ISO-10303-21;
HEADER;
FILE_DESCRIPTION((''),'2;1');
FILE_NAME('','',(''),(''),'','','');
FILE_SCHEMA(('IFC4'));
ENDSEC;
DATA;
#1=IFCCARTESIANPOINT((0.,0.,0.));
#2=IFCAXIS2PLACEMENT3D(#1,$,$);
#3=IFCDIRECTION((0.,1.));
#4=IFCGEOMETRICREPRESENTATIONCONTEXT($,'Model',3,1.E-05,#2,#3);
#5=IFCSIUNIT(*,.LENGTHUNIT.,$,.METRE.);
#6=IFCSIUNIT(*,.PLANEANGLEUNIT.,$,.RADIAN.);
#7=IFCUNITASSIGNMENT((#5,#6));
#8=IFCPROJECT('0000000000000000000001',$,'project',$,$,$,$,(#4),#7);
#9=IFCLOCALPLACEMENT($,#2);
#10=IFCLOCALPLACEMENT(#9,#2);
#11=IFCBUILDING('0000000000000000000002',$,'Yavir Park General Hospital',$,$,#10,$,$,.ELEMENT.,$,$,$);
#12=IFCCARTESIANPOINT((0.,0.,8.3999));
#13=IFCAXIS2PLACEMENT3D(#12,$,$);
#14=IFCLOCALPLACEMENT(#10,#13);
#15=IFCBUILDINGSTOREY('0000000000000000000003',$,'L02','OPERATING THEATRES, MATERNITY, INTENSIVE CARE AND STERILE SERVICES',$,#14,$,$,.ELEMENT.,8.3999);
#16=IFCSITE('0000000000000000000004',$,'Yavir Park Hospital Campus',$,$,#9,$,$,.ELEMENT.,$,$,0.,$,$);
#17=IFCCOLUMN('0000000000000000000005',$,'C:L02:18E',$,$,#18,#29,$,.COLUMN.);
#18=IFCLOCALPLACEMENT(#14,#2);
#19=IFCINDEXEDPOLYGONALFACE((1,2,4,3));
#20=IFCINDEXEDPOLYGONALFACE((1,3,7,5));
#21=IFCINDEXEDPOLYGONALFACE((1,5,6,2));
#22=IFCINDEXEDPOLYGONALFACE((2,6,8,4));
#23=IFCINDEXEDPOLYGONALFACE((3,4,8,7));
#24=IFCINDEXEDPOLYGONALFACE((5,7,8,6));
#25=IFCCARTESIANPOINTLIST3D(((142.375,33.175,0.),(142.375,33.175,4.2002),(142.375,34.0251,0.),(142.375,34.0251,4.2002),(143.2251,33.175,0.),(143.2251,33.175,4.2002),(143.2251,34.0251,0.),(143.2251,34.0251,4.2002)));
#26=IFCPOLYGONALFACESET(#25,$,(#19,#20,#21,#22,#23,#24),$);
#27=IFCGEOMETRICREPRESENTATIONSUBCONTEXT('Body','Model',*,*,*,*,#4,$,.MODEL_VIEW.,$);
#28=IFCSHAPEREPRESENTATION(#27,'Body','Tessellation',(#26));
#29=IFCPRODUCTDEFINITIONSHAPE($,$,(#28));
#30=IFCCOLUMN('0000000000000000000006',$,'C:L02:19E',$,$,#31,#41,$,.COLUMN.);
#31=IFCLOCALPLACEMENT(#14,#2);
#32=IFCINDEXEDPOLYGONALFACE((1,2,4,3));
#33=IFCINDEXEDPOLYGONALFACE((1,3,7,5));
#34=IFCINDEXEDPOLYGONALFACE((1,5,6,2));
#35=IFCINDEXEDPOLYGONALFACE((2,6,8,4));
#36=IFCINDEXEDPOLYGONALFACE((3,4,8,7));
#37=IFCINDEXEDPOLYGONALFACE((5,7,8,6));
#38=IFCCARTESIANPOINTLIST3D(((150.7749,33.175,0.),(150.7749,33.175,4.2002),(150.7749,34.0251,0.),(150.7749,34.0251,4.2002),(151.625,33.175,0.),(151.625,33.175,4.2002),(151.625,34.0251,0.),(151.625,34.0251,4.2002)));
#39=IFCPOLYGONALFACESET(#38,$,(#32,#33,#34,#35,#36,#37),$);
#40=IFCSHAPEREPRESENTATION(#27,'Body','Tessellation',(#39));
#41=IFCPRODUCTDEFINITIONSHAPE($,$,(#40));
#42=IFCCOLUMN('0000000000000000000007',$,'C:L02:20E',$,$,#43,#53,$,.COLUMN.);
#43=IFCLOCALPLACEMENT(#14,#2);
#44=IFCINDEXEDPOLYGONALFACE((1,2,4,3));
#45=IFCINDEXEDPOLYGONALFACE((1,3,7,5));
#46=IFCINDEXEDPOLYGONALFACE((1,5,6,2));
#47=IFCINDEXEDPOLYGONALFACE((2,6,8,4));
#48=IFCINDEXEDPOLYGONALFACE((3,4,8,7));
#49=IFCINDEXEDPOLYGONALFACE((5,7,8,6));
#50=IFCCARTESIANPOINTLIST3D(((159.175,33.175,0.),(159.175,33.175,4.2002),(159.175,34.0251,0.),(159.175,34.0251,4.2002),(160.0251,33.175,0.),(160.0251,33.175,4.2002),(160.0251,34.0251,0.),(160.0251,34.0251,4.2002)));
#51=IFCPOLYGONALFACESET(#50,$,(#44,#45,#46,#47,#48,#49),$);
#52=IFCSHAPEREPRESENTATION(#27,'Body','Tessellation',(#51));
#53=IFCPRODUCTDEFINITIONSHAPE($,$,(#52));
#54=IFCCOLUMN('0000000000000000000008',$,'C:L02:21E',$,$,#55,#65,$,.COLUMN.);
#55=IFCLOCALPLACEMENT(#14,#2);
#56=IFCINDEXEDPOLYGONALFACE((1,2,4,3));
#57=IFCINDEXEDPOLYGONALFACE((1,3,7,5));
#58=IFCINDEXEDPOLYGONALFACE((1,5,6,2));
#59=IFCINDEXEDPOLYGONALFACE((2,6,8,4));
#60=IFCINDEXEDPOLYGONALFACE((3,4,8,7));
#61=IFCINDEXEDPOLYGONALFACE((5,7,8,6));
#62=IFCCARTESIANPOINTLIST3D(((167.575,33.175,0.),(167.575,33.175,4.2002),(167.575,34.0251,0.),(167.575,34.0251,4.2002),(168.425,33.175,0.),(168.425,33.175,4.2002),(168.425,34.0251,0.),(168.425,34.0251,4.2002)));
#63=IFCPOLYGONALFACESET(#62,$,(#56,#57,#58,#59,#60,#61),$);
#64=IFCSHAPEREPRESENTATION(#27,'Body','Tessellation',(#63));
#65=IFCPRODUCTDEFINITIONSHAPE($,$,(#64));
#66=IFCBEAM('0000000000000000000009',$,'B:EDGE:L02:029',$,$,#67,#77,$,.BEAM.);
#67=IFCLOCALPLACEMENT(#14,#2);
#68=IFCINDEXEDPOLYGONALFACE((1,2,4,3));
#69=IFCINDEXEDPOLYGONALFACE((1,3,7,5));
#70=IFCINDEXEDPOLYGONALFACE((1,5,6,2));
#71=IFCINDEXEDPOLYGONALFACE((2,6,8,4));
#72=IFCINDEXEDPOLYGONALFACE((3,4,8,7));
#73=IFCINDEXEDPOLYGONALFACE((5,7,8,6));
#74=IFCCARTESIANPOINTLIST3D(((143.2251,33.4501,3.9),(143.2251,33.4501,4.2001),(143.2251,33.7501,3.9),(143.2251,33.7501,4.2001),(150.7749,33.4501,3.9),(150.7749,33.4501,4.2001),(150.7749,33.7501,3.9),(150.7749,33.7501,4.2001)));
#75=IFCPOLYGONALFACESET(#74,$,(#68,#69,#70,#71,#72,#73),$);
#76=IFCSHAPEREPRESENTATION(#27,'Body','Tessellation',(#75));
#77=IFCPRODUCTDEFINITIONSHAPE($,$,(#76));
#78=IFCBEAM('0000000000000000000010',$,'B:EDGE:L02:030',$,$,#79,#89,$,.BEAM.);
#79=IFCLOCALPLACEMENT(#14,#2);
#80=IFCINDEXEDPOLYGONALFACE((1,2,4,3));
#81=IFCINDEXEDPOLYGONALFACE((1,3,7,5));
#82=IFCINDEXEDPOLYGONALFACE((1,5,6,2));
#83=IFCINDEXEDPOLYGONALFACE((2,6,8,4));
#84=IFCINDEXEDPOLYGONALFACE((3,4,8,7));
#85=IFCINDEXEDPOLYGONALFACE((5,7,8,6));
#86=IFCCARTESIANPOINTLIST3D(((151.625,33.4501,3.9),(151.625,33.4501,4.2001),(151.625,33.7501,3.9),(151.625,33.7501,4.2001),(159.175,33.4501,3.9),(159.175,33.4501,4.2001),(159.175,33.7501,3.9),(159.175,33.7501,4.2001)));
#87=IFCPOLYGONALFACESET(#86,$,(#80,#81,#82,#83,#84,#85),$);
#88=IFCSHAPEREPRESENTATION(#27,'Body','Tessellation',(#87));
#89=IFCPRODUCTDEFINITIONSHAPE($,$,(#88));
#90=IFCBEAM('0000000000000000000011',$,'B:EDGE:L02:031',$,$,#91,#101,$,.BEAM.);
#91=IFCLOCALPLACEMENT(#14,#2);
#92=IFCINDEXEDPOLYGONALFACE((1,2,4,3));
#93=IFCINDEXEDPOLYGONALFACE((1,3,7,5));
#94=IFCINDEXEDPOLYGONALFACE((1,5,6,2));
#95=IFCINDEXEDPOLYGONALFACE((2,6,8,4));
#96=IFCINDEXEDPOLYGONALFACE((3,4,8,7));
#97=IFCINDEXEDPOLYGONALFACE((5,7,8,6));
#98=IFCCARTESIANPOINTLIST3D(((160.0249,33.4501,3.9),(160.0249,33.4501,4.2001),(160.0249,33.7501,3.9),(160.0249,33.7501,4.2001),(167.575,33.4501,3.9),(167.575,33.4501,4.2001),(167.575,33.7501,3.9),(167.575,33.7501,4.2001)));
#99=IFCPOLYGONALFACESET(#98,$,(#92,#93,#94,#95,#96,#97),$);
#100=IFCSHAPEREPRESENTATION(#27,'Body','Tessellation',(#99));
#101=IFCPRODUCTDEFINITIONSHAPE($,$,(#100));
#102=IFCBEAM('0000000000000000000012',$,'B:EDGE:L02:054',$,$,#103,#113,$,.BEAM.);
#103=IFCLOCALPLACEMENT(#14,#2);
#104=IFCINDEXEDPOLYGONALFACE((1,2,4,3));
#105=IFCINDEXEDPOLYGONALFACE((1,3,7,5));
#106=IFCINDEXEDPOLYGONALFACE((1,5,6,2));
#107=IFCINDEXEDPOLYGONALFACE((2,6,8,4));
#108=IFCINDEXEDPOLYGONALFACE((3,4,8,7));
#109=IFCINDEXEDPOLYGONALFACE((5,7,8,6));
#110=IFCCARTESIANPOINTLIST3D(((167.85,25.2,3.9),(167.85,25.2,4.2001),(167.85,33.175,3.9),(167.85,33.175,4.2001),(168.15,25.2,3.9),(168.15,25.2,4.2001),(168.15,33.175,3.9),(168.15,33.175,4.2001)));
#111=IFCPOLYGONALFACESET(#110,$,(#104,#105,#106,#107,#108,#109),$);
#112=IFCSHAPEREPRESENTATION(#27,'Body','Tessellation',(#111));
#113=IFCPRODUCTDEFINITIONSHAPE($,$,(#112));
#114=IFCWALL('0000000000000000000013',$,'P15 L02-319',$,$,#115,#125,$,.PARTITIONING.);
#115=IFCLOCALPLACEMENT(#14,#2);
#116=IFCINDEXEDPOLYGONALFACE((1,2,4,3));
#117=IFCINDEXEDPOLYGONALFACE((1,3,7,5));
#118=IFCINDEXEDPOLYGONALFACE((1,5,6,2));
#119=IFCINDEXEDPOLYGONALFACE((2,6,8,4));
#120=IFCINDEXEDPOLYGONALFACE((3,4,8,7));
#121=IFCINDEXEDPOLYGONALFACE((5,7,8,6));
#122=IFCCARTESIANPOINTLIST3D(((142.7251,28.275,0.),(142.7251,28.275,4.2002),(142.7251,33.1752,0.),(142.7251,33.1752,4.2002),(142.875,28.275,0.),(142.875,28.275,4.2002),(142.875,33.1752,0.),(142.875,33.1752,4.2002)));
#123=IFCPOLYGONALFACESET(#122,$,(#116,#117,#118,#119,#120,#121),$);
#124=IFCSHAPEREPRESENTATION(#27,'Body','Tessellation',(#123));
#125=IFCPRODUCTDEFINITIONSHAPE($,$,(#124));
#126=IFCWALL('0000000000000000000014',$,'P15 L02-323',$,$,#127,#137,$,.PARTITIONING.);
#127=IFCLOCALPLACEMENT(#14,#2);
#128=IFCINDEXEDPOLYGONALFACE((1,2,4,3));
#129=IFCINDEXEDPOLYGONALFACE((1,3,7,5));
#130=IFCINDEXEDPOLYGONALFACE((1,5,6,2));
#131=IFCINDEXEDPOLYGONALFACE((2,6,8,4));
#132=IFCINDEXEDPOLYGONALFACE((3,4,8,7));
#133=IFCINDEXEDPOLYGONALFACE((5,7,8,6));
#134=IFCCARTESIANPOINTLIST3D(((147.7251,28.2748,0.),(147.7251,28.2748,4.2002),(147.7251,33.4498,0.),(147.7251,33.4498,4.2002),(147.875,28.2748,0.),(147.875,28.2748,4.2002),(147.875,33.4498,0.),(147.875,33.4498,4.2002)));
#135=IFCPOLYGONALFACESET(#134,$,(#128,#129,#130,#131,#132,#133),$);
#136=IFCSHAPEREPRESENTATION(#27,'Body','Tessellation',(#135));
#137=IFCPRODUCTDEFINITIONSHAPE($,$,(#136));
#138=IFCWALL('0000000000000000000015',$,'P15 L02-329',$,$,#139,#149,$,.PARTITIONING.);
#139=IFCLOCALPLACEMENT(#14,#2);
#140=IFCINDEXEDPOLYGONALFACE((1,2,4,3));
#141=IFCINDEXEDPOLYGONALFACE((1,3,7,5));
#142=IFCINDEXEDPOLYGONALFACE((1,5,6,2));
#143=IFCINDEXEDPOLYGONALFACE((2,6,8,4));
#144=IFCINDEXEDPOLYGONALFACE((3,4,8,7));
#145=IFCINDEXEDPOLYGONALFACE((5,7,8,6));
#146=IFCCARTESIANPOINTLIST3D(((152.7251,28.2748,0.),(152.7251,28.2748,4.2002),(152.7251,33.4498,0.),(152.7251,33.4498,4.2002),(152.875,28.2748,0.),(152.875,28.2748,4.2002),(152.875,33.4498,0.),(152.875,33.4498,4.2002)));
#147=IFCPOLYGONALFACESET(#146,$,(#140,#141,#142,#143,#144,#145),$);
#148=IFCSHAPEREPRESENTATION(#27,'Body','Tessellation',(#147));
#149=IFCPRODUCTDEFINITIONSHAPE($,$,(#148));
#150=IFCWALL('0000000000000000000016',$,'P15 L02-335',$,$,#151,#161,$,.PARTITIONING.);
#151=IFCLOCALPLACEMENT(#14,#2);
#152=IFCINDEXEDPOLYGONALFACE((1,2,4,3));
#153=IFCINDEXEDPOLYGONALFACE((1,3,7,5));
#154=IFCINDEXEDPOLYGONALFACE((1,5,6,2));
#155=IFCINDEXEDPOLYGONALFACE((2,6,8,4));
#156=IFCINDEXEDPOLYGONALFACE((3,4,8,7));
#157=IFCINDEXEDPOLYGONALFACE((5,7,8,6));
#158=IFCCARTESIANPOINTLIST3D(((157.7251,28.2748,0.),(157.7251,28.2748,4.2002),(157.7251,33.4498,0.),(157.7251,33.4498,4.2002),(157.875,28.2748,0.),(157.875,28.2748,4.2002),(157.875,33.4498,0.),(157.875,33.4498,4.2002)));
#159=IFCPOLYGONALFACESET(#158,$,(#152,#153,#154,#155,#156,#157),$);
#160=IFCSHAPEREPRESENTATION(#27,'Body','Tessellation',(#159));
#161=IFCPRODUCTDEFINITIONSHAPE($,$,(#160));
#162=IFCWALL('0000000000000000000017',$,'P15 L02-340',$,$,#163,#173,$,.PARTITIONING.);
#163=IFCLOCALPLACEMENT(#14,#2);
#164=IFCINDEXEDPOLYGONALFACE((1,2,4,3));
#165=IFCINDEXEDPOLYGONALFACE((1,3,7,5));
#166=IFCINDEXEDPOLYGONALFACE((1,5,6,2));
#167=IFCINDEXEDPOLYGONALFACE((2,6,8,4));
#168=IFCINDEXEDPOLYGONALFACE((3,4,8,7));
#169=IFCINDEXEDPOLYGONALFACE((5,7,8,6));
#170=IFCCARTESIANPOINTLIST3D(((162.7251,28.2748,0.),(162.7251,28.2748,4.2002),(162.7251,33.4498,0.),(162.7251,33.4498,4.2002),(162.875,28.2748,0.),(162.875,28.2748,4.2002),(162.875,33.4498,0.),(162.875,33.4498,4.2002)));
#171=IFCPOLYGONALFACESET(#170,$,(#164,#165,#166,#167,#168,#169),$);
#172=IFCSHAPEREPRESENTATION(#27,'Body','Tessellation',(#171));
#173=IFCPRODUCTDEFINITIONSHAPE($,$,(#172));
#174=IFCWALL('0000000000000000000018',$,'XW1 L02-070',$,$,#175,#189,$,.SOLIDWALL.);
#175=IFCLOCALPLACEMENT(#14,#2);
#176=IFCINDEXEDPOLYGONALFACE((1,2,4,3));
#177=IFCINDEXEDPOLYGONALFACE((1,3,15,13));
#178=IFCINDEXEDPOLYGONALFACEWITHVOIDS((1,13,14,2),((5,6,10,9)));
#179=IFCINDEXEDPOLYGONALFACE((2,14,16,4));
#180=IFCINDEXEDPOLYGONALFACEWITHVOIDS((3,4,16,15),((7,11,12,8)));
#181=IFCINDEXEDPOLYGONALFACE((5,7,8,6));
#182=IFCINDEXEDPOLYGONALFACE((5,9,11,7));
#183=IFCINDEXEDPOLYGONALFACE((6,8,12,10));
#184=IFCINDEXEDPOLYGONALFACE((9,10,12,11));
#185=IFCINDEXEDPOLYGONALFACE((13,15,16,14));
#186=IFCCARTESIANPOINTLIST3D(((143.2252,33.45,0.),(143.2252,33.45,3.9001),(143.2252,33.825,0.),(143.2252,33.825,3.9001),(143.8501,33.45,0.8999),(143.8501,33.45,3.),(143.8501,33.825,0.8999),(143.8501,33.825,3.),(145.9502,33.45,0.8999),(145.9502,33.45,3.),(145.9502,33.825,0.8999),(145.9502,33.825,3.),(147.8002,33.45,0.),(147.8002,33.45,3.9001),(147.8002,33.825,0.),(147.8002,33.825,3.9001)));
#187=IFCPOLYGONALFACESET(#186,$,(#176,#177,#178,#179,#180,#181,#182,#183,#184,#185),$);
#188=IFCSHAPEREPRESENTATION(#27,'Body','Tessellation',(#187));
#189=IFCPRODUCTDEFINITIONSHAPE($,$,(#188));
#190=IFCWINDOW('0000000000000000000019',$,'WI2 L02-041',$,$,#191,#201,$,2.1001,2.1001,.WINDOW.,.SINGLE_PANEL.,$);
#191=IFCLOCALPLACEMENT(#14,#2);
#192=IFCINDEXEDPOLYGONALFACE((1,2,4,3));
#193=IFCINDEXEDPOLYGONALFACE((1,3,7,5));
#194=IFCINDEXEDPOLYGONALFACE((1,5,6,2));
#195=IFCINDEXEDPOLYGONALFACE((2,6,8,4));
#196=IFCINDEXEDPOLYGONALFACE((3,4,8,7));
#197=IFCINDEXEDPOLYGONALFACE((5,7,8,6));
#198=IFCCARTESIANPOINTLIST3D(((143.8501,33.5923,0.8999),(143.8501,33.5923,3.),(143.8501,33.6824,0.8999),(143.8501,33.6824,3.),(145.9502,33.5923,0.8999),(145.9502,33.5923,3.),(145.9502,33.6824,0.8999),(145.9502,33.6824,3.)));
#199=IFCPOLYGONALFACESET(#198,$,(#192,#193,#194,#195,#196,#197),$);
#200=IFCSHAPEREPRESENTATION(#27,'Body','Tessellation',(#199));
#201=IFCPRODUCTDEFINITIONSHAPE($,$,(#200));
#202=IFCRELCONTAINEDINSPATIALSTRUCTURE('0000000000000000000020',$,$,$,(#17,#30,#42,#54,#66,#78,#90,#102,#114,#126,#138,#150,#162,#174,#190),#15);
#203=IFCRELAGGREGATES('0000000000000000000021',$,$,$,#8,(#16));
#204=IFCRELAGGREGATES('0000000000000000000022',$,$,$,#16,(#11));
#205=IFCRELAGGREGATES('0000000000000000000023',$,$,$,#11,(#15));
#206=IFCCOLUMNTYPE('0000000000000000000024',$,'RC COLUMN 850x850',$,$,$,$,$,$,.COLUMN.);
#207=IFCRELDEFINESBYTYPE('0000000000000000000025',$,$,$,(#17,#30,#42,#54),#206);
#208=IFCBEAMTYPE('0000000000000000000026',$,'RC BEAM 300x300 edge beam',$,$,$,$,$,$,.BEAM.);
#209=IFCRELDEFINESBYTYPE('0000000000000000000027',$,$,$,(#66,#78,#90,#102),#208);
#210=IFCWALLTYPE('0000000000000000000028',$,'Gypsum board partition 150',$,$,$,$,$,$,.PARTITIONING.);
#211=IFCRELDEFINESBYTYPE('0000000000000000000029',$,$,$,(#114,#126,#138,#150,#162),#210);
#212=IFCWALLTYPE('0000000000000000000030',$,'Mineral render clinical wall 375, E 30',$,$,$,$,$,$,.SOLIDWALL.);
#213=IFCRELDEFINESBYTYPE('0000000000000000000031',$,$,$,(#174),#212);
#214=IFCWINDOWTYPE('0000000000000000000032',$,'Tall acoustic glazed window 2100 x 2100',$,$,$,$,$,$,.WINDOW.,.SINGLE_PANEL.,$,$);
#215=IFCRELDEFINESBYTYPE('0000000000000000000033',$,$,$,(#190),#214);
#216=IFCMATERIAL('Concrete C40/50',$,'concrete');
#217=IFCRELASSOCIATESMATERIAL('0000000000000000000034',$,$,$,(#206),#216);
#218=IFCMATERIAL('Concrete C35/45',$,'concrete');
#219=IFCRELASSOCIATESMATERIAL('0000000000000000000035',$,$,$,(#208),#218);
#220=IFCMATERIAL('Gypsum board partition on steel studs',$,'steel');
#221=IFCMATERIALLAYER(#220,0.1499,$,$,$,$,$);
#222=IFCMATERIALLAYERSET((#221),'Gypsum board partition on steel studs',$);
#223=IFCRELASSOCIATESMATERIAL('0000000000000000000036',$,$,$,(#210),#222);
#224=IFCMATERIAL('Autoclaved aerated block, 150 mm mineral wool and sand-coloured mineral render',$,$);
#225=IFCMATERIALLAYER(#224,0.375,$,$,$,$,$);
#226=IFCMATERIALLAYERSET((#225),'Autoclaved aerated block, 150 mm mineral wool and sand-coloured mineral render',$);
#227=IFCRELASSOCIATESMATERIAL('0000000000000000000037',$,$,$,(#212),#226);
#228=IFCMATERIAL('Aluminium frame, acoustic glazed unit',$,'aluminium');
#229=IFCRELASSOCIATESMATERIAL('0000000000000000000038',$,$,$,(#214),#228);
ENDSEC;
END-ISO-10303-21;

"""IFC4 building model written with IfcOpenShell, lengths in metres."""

from ifc_helpers import new_model, si_unit, direction, frame, frame_2d, origin, origin_2d, place, context, subcontext, project, spatial, rectangle, extrude, material, layer, layer_set, material_profile, profile_set, type_object, element, fill, save


model = new_model("IFC4")

# Units and contexts
model_context = context("Model", 3, precision=1e-05, world=origin(), true_north=direction((0.0, 1.0)))
body_context = subcontext(model_context, "Body", "Model", "MODEL_VIEW")
ifc_project = project(units=[si_unit("LENGTHUNIT", "METRE"), si_unit("PLANEANGLEUNIT", "RADIAN")], contexts=[model_context])

# Site, building, storey
site_placement = place(None, origin())
site = spatial("IfcSite", under=ifc_project, at=site_placement, Name="Yavir Park Hospital Campus", CompositionType="ELEMENT", RefElevation=0.0)
building_placement = place(site_placement, origin())
building = spatial("IfcBuilding", under=site, at=building_placement, Name="Yavir Park General Hospital", CompositionType="ELEMENT")
storey_placement = place(building_placement, frame((0.0, 0.0, 8.3999)))
storey = spatial("IfcBuildingStorey", under=building, at=storey_placement, Name="L02", Description="OPERATING THEATRES, MATERNITY, INTENSIVE CARE AND STERILE SERVICES", CompositionType="ELEMENT", Elevation=8.3999)

# Columns
ifc_material_1 = material(Name="Concrete C40/50", Category="concrete")
ifc_material_profile_1 = material_profile(ifc_material_1, rectangle(XDim=0.8501, YDim=0.8501, at=origin_2d()), Name="RC850x850")
ifc_profile_set_1 = profile_set([ifc_material_profile_1], Name="Concrete C40/50")
column_type = type_object("IfcColumnType", Name="RC COLUMN 850x850", PredefinedType="COLUMN", material=ifc_profile_set_1)
for number, where, z_axis, x_axis, name in (
    (1, (142.8, 33.6001, 0.0), (0.0, 0.0, 1.0), (1.0, 0.0, 0.0), "C:L02:18E"),
    (2, (151.2, 33.6001, 0.0), (0.0, 0.0, 1.0), (1.0, 0.0, 0.0), "C:L02:19E"),
    (3, (159.6001, 33.6001, 0.0), (0.0, 0.0, 1.0), (1.0, 0.0, 0.0), "C:L02:20E"),
    (4, (168.0, 33.6001, 0.0), (0.0, 0.0, 1.0), (1.0, 0.0, 0.0), "C:L02:21E"),
):
    element("IfcColumn", number, at=place(storey_placement, frame(where, z_axis=z_axis, x_axis=x_axis)), inside=storey, type_object=column_type, Name=name, PredefinedType="COLUMN", context=body_context, shape_type="SweptSolid", body=[
        extrude(rectangle(XDim=0.8501, YDim=0.8501, at=origin_2d()), origin(), (0.0, 0.0, 1.0), 4.2002),
    ])

# Beams
ifc_material_2 = material(Name="Concrete C35/45", Category="concrete")
ifc_material_profile_2 = material_profile(ifc_material_2, rectangle(XDim=0.3, YDim=0.3, at=origin_2d()), Name="RC300x300")
ifc_profile_set_2 = profile_set([ifc_material_profile_2], Name="Concrete C35/45")
beam_type = type_object("IfcBeamType", Name="RC BEAM 300x300 edge beam", PredefinedType="BEAM", material=ifc_profile_set_2)
beam_1_placement = place(storey_placement, frame((143.2251, 33.6001, 4.05), z_axis=(1.0, 0.0, 0.0), x_axis=(0.0, 1.0, 0.0)))
element("IfcBeam", 5, at=beam_1_placement, inside=storey, type_object=beam_type, Name="B:EDGE:L02:029", PredefinedType="BEAM", context=body_context, shape_type="SweptSolid", body=[
    extrude(rectangle(XDim=0.3, YDim=0.3, at=origin_2d()), origin(), (0.0, 0.0, 1.0), 7.5498),
])
for number, where, z_axis, x_axis, name in (
    (6, (151.625, 33.6001, 4.05), (1.0, 0.0, 0.0), (0.0, 1.0, 0.0), "B:EDGE:L02:030"),
    (7, (160.0249, 33.6001, 4.05), (1.0, 0.0, 0.0), (0.0, 1.0, 0.0), "B:EDGE:L02:031"),
):
    element("IfcBeam", number, at=place(storey_placement, frame(where, z_axis=z_axis, x_axis=x_axis)), inside=storey, type_object=beam_type, Name=name, PredefinedType="BEAM", context=body_context, shape_type="SweptSolid", body=[
        extrude(rectangle(XDim=0.3, YDim=0.3, at=origin_2d()), origin(), (0.0, 0.0, 1.0), 7.55),
    ])
beam_2_placement = place(storey_placement, frame((168.0, 25.2, 4.05), z_axis=(0.0, 1.0, 0.0), x_axis=(-1.0, 0.0, 0.0)))
element("IfcBeam", 8, at=beam_2_placement, inside=storey, type_object=beam_type, Name="B:EDGE:L02:054", PredefinedType="BEAM", context=body_context, shape_type="SweptSolid", body=[
    extrude(rectangle(XDim=0.3, YDim=0.3, at=origin_2d()), origin(), (0.0, 0.0, 1.0), 7.9751),
])

# Walls
ifc_material_3 = material(Name="Gypsum board partition on steel studs", Category="steel")
ifc_layer_1 = layer(ifc_material_3, 0.1499)
ifc_layer_set_1 = layer_set([ifc_layer_1], Name="Gypsum board partition on steel studs")
wall_type_1 = type_object("IfcWallType", Name="Gypsum board partition 150", PredefinedType="PARTITIONING", material=ifc_layer_set_1)
wall_1_placement = place(storey_placement, frame((142.8, 28.2749, 0.0), z_axis=(0.0, 0.0, 1.0), x_axis=(0.0, 1.0, 0.0)))
element("IfcWall", 9, at=wall_1_placement, inside=storey, type_object=wall_type_1, Name="P15 L02-319", PredefinedType="PARTITIONING", context=body_context, shape_type="SweptSolid", body=[
    extrude(rectangle(XDim=4.9001, YDim=0.1499, at=frame_2d((2.4502, 0.0))), origin(), (0.0, 0.0, 1.0), 4.2002),
])
for number, where, z_axis, x_axis, name in (
    (10, (147.8, 28.2749, 0.0), (0.0, 0.0, 1.0), (0.0, 1.0, 0.0), "P15 L02-323"),
    (11, (152.8, 28.2749, 0.0), (0.0, 0.0, 1.0), (0.0, 1.0, 0.0), "P15 L02-329"),
    (12, (157.8, 28.2749, 0.0), (0.0, 0.0, 1.0), (0.0, 1.0, 0.0), "P15 L02-335"),
    (13, (162.8, 28.2749, 0.0), (0.0, 0.0, 1.0), (0.0, 1.0, 0.0), "P15 L02-340"),
):
    element("IfcWall", number, at=place(storey_placement, frame(where, z_axis=z_axis, x_axis=x_axis)), inside=storey, type_object=wall_type_1, Name=name, PredefinedType="PARTITIONING", context=body_context, shape_type="SweptSolid", body=[
        extrude(rectangle(XDim=5.175, YDim=0.1499, at=frame_2d((2.5874, 0.0))), origin(), (0.0, 0.0, 1.0), 4.2002),
    ])

# Wall, opening, window
ifc_material_4 = material(Name="Autoclaved aerated block, 150 mm mineral wool and sand-coloured mineral render")
ifc_layer_2 = layer(ifc_material_4, 0.375)
ifc_layer_set_2 = layer_set([ifc_layer_2], Name="Autoclaved aerated block, 150 mm mineral wool and sand-coloured mineral render")
wall_type_2 = type_object("IfcWallType", Name="Mineral render clinical wall 375, E 30", PredefinedType="SOLIDWALL", material=ifc_layer_set_2)
wall_2_placement = place(storey_placement, frame((143.2251, 33.6375, 0.0), z_axis=(0.0, 0.0, 1.0), x_axis=(1.0, 0.0, 0.0)))
wall_2 = element("IfcWall", 14, at=wall_2_placement, inside=storey, type_object=wall_type_2, Name="XW1 L02-070", PredefinedType="SOLIDWALL", context=body_context, shape_type="SweptSolid", body=[
    extrude(rectangle(XDim=4.575, YDim=0.375, at=frame_2d((2.2876, 0.0))), origin(), (0.0, 0.0, 1.0), 3.9001),
])
opening_1_placement = place(wall_2_placement, frame((0.625, 0.0, 0.8999)))
opening_1 = element("IfcOpeningElement", 15, at=opening_1_placement, cuts=wall_2, PredefinedType="OPENING", context=body_context, shape_type="SweptSolid", body=[
    extrude(rectangle(XDim=2.1001, YDim=2.1001, at=frame_2d((1.05, 1.05))), frame((0.0, 0.1975, 0.0), z_axis=(0.0, -1.0, 0.0), x_axis=(1.0, 0.0, 0.0)), (0.0, 0.0, 1.0), 0.395),
])
ifc_material_5 = material(Name="Aluminium frame, acoustic glazed unit", Category="aluminium")
window_type_1 = type_object("IfcWindowType", Name="Tall acoustic glazed window 2100 x 2100", PartitioningType="SINGLE_PANEL", PredefinedType="WINDOW", material=ifc_material_5)
window_1_placement = place(opening_1_placement, origin())
window_1 = element("IfcWindow", 16, at=window_1_placement, inside=storey, type_object=window_type_1, Name="WI2 L02-041", OverallHeight=2.1001, OverallWidth=2.1001, PartitioningType="SINGLE_PANEL", PredefinedType="WINDOW", context=body_context, shape_type="SweptSolid", body=[
    extrude(rectangle(XDim=2.1001, YDim=2.1001, at=frame_2d((1.05, 1.05))), frame((0.0, 0.0449, 0.0), z_axis=(0.0, -1.0, 0.0), x_axis=(1.0, 0.0, 0.0)), (0.0, 0.0, 1.0), 0.0901),
])
fill(opening_1, window_1)

save(model, "model.ifc")
